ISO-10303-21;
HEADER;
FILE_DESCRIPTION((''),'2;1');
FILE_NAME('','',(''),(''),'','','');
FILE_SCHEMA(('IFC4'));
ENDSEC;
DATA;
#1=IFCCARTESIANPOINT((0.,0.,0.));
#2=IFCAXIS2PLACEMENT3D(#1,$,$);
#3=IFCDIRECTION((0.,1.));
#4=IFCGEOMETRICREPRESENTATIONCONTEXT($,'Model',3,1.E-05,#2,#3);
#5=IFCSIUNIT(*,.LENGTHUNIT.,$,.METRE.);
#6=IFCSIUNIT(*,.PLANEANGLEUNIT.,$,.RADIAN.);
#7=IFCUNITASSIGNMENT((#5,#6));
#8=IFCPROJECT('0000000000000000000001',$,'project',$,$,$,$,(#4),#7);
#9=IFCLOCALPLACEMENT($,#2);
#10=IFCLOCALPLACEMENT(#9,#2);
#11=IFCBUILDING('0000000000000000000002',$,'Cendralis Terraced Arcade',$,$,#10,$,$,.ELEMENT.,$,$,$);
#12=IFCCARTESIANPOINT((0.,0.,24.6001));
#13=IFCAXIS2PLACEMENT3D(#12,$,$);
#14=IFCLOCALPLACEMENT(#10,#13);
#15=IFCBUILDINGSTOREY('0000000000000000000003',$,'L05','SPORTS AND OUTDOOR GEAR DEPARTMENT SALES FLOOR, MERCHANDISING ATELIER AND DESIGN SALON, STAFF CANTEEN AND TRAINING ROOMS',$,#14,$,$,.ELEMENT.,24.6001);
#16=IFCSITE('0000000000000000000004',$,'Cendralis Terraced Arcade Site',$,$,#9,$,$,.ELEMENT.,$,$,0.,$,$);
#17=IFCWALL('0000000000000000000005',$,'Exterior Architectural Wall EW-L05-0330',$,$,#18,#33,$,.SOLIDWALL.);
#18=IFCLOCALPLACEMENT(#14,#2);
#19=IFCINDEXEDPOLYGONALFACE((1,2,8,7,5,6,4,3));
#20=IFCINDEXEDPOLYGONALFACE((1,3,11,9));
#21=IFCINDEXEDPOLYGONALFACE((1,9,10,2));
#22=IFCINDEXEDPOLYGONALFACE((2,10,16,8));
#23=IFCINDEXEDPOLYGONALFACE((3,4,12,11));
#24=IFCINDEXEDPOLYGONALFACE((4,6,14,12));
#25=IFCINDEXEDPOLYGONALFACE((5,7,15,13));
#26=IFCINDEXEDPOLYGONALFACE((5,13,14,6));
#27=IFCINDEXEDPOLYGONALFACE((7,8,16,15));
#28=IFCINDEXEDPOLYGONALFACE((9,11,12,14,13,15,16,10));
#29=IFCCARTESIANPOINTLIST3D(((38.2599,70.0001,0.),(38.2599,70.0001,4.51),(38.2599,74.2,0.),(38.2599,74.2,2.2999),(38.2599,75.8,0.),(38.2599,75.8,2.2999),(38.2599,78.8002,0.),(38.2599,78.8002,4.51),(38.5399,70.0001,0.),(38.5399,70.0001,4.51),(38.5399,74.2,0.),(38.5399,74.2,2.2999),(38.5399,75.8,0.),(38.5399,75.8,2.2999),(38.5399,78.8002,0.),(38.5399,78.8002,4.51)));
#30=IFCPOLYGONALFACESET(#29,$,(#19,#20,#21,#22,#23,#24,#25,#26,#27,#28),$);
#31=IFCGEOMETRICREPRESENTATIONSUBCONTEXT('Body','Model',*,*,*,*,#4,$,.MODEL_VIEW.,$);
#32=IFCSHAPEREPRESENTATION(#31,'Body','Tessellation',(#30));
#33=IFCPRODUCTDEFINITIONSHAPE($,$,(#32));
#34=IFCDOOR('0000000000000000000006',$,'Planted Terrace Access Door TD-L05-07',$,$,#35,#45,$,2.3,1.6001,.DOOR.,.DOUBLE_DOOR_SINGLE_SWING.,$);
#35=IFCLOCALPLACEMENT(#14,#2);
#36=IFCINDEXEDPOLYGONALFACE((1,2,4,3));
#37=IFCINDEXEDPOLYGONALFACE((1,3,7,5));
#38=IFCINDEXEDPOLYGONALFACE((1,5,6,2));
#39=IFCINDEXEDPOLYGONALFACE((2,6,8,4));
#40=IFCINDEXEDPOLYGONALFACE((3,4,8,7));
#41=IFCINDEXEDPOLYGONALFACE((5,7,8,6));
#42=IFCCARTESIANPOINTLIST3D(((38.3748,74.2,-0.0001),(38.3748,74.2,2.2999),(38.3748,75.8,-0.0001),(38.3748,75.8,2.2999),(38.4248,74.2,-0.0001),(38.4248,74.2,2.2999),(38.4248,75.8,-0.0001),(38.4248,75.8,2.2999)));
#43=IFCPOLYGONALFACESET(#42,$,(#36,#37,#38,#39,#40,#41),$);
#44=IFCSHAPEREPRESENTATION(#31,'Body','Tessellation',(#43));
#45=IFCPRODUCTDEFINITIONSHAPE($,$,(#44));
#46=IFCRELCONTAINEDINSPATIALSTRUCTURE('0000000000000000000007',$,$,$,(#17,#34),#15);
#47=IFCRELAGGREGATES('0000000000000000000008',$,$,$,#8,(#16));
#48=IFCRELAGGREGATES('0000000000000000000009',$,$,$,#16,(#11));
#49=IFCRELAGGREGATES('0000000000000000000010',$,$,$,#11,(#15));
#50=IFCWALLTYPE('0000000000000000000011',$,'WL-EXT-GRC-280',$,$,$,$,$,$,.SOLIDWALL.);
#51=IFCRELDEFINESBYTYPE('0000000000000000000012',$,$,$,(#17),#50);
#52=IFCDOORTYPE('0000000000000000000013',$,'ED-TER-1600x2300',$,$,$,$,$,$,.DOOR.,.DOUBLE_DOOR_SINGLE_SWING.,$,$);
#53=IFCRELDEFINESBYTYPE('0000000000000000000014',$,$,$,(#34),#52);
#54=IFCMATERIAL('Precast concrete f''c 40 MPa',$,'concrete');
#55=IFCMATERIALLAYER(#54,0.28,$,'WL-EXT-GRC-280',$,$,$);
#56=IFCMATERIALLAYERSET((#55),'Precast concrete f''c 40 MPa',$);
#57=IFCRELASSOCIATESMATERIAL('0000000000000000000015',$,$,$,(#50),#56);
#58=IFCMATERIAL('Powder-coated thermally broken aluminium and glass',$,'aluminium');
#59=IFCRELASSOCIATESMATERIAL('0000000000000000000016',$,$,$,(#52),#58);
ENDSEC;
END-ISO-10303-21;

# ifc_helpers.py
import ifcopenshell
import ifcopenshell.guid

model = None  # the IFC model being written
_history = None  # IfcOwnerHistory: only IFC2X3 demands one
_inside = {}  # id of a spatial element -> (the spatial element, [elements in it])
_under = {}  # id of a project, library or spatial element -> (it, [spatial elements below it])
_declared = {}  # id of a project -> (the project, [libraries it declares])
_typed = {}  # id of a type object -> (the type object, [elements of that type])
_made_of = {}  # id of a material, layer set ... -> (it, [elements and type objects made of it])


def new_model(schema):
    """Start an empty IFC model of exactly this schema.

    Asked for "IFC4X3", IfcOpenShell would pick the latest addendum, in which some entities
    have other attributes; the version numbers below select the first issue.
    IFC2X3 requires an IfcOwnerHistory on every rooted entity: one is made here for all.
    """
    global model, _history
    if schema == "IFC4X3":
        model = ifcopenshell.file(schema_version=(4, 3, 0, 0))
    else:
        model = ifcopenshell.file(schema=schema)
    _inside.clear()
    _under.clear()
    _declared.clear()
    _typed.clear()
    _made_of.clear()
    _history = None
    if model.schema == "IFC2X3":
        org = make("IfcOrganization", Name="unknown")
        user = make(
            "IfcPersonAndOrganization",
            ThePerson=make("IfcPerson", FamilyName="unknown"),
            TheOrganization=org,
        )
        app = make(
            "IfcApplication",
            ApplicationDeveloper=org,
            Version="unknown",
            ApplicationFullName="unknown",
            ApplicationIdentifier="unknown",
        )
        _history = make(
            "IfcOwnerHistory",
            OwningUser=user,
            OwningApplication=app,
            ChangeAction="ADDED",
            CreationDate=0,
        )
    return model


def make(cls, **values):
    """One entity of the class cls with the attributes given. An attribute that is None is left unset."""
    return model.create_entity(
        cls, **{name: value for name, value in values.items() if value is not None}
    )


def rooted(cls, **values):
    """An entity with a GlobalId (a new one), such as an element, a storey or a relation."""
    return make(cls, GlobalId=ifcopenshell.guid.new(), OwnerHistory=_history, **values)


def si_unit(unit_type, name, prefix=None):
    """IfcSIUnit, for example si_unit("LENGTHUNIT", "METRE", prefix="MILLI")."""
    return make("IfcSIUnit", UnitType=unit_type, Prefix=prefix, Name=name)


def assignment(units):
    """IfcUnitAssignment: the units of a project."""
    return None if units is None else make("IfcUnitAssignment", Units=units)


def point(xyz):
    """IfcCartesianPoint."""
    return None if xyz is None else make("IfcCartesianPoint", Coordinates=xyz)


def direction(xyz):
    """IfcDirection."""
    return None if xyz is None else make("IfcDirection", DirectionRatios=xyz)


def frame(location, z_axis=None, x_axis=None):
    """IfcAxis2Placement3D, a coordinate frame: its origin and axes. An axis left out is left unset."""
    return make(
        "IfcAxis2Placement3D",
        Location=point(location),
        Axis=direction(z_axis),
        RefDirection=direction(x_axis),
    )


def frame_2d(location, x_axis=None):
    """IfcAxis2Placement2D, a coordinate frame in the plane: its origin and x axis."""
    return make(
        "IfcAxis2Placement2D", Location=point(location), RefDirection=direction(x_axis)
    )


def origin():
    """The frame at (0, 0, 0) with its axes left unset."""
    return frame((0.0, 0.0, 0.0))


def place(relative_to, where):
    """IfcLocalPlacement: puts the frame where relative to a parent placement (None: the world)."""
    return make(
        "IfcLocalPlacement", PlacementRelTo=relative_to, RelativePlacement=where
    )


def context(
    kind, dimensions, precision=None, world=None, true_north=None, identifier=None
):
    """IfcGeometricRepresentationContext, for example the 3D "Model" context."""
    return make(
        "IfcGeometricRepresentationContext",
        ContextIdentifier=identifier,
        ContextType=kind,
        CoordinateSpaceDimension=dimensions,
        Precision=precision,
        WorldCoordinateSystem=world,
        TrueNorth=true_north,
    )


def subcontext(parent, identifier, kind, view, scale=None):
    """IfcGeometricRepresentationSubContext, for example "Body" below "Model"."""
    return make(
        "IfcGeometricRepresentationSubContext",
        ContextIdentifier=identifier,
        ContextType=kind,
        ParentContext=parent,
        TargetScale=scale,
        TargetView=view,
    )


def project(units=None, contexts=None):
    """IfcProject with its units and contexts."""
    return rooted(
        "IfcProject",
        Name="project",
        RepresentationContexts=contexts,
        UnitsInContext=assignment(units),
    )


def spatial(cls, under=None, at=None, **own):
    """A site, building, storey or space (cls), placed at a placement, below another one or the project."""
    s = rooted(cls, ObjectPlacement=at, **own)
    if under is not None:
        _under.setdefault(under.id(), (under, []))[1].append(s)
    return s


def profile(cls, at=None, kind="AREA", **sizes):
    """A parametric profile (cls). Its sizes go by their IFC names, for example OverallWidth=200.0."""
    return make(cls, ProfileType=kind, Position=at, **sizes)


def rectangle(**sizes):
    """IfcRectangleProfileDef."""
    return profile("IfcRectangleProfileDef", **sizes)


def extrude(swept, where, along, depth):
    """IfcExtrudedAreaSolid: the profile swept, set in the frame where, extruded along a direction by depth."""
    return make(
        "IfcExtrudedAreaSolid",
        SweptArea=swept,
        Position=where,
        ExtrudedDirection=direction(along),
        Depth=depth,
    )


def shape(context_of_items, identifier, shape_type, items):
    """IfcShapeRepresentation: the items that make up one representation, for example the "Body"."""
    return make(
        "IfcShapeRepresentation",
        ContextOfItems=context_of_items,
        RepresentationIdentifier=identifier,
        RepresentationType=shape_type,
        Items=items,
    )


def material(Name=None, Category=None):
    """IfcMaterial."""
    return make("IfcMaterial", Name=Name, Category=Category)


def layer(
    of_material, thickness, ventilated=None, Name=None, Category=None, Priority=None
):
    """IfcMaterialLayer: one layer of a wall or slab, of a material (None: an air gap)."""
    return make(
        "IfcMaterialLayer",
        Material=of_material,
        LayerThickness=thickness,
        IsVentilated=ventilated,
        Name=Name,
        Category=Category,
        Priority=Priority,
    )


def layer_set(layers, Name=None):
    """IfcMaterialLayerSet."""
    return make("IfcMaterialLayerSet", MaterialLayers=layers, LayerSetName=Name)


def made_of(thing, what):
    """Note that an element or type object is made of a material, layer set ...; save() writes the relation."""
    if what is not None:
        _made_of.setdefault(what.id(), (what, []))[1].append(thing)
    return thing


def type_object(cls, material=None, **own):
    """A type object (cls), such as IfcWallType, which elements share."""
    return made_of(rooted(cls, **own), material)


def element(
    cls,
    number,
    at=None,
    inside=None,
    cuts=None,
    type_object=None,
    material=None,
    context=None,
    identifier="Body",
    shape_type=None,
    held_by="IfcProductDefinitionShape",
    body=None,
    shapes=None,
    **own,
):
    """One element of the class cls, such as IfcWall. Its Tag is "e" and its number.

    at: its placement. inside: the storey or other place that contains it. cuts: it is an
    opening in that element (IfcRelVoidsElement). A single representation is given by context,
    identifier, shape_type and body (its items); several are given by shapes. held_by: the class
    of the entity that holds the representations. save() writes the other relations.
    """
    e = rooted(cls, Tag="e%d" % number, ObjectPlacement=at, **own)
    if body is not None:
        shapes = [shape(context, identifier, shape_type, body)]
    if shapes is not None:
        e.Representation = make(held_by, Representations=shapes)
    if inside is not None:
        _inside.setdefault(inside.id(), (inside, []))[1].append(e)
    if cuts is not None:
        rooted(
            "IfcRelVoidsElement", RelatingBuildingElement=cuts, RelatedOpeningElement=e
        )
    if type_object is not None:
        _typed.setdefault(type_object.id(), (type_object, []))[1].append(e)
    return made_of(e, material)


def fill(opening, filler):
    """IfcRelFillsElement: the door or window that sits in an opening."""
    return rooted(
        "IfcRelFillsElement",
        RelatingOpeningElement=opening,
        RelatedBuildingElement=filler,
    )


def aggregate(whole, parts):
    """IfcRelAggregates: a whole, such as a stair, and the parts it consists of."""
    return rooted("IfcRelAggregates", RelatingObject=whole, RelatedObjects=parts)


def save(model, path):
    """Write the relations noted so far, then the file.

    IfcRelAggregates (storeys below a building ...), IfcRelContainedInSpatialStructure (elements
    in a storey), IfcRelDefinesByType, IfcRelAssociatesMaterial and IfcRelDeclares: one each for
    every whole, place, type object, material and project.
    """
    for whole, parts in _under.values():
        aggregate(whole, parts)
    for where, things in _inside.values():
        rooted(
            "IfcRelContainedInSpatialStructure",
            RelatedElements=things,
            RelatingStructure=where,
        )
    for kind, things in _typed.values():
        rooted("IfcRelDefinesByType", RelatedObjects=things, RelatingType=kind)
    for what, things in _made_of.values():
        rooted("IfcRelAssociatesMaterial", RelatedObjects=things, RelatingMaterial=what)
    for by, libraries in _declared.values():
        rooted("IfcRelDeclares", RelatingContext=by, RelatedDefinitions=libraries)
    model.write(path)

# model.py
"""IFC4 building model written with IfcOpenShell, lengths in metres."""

from ifc_helpers import new_model, si_unit, direction, frame, frame_2d, origin, place, context, subcontext, project, spatial, rectangle, extrude, material, layer, layer_set, type_object, element, fill, save


model = new_model("IFC4")

# Units and contexts
model_context = context("Model", 3, precision=1e-05, world=origin(), true_north=direction((0.0, 1.0)))
body_context = subcontext(model_context, "Body", "Model", "MODEL_VIEW")
ifc_project = project(units=[si_unit("LENGTHUNIT", "METRE"), si_unit("PLANEANGLEUNIT", "RADIAN")], contexts=[model_context])

# Site, building, storey
site_placement = place(None, origin())
site = spatial("IfcSite", under=ifc_project, at=site_placement, Name="Cendralis Terraced Arcade Site", CompositionType="ELEMENT", RefElevation=0.0)
building_placement = place(site_placement, origin())
building = spatial("IfcBuilding", under=site, at=building_placement, Name="Cendralis Terraced Arcade", CompositionType="ELEMENT")
storey_placement = place(building_placement, frame((0.0, 0.0, 24.6001)))
storey = spatial("IfcBuildingStorey", under=building, at=storey_placement, Name="L05", Description="SPORTS AND OUTDOOR GEAR DEPARTMENT SALES FLOOR, MERCHANDISING ATELIER AND DESIGN SALON, STAFF CANTEEN AND TRAINING ROOMS", CompositionType="ELEMENT", Elevation=24.6001)

# Wall, opening, door
ifc_material_1 = material(Name="Precast concrete f'c 40 MPa", Category="concrete")
ifc_layer_1 = layer(ifc_material_1, 0.28, Name="WL-EXT-GRC-280")
ifc_layer_set_1 = layer_set([ifc_layer_1], Name="Precast concrete f'c 40 MPa")
wall_type_1 = type_object("IfcWallType", Name="WL-EXT-GRC-280", PredefinedType="SOLIDWALL", material=ifc_layer_set_1)
wall_1_placement = place(storey_placement, frame((38.3999, 78.8, 0.0), z_axis=(0.0, 0.0, 1.0), x_axis=(0.0, -1.0, 0.0)))
wall_1 = element("IfcWall", 1, at=wall_1_placement, inside=storey, type_object=wall_type_1, Name="Exterior Architectural Wall EW-L05-0330", PredefinedType="SOLIDWALL", context=body_context, shape_type="SweptSolid", body=[
    extrude(rectangle(XDim=8.8, YDim=0.28, at=frame_2d((4.3999, 0.0))), origin(), (0.0, 0.0, 1.0), 4.51),
])
opening_placement = place(wall_1_placement, frame((3.0, 0.0, 0.0)))
opening = element("IfcOpeningElement", 2, at=opening_placement, cuts=wall_1, PredefinedType="OPENING", context=body_context, shape_type="SweptSolid", body=[
    extrude(rectangle(XDim=1.6001, YDim=2.3, at=frame_2d((0.8, 1.1499))), frame((0.0, 0.1519, 0.0), z_axis=(0.0, -1.0, 0.0), x_axis=(1.0, 0.0, 0.0)), (0.0, 0.0, 1.0), 0.304),
])
ifc_material_2 = material(Name="Powder-coated thermally broken aluminium and glass", Category="aluminium")
door_type = type_object("IfcDoorType", Name="ED-TER-1600x2300", OperationType="DOUBLE_DOOR_SINGLE_SWING", PredefinedType="DOOR", material=ifc_material_2)
door_placement = place(opening_placement, origin())
door = element("IfcDoor", 3, at=door_placement, inside=storey, type_object=door_type, Name="Planted Terrace Access Door TD-L05-07", OperationType="DOUBLE_DOOR_SINGLE_SWING", OverallHeight=2.3, OverallWidth=1.6001, PredefinedType="DOOR", context=body_context, shape_type="SweptSolid", body=[
    extrude(rectangle(XDim=1.6001, YDim=2.3, at=frame_2d((0.8, 1.1499))), frame((0.0, 0.0249, 0.0), z_axis=(0.0, -1.0, 0.0), x_axis=(1.0, 0.0, 0.0)), (0.0, 0.0, 1.0), 0.05),
])
fill(opening, door)

save(model, "model.ifc")
